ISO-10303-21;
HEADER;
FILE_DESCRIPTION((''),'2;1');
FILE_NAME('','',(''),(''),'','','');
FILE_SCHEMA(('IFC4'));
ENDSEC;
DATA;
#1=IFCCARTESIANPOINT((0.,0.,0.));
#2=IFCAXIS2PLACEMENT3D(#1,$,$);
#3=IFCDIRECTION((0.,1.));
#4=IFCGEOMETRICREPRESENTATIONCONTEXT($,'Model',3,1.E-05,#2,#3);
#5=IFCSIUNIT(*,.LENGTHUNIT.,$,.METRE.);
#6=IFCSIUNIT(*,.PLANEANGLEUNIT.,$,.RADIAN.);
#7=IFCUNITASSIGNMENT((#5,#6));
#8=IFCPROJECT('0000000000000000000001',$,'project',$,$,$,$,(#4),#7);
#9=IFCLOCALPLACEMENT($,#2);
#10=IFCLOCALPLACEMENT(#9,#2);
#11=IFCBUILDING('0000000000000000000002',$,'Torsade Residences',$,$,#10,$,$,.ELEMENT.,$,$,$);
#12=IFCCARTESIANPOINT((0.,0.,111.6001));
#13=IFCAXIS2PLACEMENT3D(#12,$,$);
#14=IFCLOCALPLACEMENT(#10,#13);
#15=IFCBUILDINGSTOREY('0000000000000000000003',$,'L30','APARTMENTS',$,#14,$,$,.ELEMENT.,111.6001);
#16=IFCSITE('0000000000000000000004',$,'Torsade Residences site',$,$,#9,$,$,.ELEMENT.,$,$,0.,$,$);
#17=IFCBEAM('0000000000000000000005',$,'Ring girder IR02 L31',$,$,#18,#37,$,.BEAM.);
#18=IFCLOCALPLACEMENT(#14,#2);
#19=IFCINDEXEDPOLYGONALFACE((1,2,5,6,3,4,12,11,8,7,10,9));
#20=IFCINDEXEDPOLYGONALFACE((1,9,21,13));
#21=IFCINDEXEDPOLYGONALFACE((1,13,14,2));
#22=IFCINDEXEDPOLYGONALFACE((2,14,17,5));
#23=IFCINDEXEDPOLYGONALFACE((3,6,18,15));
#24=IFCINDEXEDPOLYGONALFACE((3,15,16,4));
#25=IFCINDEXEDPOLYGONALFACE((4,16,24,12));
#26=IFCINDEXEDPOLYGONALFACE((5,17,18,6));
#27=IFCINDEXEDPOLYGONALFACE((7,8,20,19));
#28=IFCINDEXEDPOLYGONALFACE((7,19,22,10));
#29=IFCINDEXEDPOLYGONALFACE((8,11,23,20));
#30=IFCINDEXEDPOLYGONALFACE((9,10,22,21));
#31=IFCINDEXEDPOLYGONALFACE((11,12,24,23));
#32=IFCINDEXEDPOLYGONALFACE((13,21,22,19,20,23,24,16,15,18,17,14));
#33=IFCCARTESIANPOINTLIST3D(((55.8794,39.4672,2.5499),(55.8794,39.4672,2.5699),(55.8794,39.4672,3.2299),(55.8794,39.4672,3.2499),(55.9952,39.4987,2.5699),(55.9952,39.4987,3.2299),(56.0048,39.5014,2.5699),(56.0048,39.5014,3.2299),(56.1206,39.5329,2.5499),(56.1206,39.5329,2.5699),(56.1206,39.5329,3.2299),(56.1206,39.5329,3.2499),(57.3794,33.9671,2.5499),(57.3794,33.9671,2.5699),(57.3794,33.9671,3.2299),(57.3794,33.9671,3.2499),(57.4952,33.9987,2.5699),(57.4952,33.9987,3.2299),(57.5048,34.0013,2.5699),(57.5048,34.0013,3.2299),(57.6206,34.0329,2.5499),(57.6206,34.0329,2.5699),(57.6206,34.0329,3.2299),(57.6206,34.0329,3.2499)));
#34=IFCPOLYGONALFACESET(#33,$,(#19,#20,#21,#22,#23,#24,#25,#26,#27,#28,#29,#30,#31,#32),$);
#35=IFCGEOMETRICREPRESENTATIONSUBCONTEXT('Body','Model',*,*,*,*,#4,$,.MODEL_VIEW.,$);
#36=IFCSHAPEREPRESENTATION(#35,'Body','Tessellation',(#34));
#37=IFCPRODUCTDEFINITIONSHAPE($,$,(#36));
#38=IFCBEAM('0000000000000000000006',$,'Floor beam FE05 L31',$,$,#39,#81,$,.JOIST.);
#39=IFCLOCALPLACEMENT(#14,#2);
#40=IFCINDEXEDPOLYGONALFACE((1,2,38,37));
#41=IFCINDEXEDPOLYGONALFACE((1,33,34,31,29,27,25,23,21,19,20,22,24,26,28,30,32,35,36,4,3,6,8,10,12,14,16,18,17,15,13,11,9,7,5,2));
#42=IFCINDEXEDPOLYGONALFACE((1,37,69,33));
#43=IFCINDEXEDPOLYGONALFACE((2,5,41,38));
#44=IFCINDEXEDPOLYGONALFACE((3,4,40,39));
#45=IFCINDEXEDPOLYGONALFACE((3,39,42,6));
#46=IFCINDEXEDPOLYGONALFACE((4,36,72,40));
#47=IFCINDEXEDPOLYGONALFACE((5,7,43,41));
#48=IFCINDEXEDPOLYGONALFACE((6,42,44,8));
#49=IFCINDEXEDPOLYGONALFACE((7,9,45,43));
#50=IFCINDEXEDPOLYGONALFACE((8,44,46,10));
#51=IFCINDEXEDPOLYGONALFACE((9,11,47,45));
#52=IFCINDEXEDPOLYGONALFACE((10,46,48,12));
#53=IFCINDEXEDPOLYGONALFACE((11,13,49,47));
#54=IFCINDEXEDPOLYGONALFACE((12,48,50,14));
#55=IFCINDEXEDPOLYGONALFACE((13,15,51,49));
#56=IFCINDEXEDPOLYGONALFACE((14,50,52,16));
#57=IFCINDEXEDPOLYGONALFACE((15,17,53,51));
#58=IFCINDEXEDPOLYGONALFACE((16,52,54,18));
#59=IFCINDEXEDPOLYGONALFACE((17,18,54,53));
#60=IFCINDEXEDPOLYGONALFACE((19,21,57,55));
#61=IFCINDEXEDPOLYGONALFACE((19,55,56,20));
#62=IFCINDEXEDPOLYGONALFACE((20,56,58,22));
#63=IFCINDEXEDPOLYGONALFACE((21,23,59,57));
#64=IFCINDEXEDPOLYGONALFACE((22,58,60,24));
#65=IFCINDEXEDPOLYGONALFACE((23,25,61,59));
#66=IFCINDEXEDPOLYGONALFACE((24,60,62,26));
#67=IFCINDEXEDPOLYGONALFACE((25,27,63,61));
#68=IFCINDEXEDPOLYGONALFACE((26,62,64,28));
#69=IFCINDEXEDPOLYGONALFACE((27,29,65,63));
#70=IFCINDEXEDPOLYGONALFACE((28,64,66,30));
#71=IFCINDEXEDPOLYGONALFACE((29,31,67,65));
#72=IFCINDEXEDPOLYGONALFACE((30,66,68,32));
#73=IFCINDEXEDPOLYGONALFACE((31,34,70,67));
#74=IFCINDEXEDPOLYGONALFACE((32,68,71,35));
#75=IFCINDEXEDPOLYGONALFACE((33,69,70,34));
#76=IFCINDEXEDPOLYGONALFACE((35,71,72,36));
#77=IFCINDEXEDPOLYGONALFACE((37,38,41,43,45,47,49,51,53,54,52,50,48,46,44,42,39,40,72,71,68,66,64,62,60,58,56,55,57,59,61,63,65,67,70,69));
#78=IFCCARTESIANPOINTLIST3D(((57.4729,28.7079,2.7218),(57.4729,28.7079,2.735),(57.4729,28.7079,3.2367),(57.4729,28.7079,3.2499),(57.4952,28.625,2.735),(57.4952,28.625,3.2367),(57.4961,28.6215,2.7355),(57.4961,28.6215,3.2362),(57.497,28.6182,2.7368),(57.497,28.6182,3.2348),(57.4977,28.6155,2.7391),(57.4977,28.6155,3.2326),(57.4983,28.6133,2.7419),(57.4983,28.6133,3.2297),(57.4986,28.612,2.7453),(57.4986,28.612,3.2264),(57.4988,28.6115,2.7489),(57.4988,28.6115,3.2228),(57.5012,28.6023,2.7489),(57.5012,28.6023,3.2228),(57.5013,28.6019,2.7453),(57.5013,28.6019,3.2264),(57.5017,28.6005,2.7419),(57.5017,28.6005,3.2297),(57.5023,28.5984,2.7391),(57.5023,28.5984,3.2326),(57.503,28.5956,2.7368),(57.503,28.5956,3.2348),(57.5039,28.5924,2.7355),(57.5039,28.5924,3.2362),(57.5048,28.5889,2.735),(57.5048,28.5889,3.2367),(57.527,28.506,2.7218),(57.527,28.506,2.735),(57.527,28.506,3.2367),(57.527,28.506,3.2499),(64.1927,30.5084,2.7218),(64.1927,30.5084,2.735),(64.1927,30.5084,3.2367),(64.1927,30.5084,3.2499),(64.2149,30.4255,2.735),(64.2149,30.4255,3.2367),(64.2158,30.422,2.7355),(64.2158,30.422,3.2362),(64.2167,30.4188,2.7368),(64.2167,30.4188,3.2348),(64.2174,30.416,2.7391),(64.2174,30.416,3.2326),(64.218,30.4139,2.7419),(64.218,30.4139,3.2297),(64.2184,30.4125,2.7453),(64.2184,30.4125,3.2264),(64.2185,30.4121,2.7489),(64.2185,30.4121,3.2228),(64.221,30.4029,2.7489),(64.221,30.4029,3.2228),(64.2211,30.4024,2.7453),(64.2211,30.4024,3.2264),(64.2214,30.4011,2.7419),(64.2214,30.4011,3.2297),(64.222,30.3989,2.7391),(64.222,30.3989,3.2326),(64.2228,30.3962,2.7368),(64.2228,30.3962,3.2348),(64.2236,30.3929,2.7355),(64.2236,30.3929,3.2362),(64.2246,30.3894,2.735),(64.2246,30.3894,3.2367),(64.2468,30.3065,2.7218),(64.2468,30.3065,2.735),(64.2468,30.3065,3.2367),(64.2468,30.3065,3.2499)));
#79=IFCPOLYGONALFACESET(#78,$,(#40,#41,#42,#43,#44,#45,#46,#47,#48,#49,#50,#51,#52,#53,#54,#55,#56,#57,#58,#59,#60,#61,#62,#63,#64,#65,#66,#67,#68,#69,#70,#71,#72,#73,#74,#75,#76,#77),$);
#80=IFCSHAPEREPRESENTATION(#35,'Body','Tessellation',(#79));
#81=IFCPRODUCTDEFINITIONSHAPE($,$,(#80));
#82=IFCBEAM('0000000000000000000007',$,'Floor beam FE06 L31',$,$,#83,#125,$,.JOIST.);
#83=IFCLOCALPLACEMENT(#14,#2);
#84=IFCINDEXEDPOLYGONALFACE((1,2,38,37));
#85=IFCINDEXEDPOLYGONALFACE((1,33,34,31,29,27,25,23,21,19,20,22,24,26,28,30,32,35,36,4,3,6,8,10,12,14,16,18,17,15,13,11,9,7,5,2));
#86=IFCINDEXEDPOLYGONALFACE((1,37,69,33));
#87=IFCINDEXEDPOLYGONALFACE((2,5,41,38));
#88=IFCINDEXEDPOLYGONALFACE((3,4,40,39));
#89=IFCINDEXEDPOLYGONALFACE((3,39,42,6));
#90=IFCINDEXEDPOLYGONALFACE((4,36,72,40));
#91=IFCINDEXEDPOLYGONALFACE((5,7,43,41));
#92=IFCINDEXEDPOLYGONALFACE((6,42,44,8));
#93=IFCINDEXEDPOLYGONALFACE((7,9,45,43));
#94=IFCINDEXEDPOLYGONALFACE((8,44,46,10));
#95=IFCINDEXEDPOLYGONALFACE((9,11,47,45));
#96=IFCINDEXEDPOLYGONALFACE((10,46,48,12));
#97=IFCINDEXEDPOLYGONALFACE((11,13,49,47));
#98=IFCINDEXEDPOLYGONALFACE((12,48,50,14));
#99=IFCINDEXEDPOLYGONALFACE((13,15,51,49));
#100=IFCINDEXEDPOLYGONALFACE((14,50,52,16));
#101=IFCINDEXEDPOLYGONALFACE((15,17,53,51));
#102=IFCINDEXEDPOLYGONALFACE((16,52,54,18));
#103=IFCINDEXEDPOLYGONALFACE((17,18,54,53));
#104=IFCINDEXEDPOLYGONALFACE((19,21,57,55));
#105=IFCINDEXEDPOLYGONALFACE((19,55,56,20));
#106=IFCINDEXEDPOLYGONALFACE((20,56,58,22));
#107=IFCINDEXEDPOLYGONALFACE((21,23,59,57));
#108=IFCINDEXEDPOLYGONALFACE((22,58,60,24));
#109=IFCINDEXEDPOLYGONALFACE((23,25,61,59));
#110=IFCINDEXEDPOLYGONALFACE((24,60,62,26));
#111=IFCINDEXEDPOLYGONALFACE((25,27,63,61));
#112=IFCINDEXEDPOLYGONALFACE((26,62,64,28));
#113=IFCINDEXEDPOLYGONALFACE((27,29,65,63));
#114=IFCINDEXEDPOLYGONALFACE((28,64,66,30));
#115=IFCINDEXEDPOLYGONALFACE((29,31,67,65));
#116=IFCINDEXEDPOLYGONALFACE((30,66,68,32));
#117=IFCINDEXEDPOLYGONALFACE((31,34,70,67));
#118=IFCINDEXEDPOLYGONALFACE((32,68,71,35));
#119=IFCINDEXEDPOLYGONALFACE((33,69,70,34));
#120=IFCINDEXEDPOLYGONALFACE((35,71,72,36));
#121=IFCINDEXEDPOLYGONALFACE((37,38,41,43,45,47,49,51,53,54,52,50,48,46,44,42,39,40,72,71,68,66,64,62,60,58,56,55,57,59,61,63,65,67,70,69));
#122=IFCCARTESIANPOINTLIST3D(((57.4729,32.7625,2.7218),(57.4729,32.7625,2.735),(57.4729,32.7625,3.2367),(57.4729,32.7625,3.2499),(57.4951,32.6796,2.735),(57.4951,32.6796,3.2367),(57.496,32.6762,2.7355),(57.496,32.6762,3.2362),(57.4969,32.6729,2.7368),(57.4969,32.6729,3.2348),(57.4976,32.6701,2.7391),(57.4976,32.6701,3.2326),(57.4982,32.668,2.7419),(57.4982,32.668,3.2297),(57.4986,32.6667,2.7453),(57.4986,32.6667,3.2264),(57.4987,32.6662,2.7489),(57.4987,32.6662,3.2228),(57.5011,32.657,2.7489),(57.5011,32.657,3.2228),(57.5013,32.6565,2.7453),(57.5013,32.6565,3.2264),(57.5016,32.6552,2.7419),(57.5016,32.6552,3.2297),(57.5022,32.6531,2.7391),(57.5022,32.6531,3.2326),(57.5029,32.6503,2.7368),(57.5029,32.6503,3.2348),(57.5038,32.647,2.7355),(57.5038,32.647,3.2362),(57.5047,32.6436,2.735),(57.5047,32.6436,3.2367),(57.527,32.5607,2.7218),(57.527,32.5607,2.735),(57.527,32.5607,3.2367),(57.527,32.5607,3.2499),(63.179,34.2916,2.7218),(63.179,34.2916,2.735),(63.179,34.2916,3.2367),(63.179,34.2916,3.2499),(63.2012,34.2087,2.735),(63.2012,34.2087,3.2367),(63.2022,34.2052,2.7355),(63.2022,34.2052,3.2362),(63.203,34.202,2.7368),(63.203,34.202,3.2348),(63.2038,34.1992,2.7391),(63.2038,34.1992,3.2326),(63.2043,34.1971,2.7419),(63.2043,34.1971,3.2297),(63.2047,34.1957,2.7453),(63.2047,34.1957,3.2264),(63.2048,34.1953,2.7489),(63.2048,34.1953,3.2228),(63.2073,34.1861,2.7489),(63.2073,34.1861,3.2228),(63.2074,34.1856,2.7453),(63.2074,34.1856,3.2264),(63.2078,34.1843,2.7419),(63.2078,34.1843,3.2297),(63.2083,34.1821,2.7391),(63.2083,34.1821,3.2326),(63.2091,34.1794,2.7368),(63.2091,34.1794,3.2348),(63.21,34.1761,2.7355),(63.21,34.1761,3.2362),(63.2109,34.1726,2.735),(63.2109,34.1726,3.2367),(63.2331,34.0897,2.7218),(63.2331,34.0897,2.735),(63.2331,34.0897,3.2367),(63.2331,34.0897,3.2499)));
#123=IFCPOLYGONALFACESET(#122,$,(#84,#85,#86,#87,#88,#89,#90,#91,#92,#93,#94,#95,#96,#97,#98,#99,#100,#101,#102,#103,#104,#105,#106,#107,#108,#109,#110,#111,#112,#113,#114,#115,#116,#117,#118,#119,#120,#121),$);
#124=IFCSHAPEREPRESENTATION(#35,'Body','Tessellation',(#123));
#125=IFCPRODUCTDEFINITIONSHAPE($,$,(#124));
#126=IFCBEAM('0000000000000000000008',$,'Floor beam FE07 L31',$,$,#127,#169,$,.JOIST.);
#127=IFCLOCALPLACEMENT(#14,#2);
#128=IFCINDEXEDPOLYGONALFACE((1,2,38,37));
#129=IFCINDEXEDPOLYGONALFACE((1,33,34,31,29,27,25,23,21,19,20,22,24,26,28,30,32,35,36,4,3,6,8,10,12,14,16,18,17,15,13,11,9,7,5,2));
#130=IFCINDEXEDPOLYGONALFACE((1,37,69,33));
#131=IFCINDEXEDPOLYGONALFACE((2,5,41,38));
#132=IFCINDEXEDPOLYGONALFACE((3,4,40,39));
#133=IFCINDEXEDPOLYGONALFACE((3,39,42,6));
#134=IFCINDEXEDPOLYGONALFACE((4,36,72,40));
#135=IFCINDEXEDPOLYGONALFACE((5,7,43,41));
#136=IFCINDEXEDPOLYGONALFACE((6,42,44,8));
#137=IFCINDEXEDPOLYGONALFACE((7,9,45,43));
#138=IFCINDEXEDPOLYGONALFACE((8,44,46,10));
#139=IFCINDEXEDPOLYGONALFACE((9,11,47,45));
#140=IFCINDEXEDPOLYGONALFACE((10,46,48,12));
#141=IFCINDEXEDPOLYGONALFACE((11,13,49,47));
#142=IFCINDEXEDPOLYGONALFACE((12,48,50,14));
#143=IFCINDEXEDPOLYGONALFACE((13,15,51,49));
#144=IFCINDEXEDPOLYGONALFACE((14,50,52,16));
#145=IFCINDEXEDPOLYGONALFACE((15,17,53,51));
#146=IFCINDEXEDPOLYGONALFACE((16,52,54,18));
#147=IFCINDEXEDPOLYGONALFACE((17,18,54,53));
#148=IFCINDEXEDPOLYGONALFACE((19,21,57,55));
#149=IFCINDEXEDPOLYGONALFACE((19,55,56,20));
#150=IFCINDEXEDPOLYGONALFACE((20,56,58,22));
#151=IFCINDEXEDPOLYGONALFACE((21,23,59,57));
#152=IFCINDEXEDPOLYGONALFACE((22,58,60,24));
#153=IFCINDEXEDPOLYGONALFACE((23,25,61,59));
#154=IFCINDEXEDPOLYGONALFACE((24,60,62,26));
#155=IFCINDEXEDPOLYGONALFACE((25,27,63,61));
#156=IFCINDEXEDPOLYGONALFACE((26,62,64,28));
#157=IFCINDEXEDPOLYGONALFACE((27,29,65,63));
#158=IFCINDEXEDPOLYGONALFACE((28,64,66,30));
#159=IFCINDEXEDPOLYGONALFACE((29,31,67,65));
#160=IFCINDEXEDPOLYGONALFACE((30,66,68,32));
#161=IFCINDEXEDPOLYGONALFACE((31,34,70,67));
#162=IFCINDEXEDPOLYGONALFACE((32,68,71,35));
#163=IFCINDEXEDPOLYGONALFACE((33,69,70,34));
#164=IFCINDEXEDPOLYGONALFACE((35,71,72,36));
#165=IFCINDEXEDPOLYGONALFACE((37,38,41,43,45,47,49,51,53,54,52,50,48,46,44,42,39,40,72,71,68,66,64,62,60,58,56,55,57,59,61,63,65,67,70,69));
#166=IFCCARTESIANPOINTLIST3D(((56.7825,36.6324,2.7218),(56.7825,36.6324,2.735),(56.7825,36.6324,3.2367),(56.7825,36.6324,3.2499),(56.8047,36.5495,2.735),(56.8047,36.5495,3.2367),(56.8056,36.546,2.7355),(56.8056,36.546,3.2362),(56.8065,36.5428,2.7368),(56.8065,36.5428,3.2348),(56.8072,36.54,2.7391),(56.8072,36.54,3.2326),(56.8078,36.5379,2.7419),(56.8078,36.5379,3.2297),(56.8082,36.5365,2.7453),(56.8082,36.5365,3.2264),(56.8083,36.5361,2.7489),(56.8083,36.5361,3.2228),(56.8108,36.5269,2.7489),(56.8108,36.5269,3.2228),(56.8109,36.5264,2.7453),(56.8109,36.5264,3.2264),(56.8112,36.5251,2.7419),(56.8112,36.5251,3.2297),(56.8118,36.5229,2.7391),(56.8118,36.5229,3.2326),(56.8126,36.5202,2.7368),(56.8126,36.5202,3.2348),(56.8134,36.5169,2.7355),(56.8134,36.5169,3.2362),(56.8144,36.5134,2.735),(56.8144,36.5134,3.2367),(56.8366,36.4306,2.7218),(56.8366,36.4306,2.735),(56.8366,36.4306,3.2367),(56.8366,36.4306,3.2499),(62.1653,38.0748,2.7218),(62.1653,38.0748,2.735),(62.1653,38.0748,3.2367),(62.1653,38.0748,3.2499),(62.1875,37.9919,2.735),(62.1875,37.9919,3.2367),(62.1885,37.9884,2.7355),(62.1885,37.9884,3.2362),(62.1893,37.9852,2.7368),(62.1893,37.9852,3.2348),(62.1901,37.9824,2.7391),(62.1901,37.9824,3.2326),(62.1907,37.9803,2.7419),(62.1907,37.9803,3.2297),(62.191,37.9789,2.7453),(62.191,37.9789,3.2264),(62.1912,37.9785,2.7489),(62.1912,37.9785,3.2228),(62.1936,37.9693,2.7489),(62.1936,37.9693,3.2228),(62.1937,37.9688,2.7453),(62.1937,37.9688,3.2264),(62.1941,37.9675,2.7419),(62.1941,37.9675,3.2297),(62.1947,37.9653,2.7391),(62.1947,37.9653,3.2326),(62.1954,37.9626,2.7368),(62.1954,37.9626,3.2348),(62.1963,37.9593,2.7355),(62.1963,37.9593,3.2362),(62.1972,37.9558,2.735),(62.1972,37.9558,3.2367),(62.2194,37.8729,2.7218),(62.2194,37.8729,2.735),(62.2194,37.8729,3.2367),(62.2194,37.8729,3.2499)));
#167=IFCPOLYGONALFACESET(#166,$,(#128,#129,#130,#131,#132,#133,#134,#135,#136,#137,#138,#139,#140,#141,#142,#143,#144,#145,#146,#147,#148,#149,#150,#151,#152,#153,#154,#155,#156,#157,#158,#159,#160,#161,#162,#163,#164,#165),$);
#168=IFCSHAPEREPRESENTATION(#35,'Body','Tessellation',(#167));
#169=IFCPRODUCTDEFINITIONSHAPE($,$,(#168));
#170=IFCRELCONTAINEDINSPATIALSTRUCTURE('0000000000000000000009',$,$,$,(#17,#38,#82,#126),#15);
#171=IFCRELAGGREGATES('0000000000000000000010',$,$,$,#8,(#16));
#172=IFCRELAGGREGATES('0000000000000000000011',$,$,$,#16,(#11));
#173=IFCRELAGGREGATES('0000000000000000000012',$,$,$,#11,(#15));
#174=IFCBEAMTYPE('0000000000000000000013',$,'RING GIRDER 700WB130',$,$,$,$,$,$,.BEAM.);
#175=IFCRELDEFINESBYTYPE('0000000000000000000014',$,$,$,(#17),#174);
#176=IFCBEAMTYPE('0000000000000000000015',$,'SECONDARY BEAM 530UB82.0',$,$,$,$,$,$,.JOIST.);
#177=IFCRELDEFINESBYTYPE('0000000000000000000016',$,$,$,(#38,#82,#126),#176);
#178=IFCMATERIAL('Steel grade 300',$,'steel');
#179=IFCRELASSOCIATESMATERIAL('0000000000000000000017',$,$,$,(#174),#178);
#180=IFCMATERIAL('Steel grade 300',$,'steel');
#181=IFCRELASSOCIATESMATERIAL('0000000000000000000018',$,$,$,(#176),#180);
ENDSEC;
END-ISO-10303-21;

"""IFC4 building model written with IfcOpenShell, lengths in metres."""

from ifc_helpers import new_model, si_unit, direction, frame, origin, origin_2d, place, context, subcontext, project, spatial, i_section, extrude, material, material_profile, profile_set, type_object, element, save


model = new_model("IFC4")

# Units and contexts
model_context = context("Model", 3, precision=1e-05, world=origin(), true_north=direction((0.0, 1.0)))
body_context = subcontext(model_context, "Body", "Model", "MODEL_VIEW")
ifc_project = project(units=[si_unit("LENGTHUNIT", "METRE"), si_unit("PLANEANGLEUNIT", "RADIAN")], contexts=[model_context])

# Site, building, storey
site_placement = place(None, origin())
site = spatial("IfcSite", under=ifc_project, at=site_placement, Name="Torsade Residences site", CompositionType="ELEMENT", RefElevation=0.0)
building_placement = place(site_placement, origin())
building = spatial("IfcBuilding", under=site, at=building_placement, Name="Torsade Residences", CompositionType="ELEMENT")
storey_placement = place(building_placement, frame((0.0, 0.0, 111.6001)))
storey = spatial("IfcBuildingStorey", under=building, at=storey_placement, Name="L30", Description="APARTMENTS", CompositionType="ELEMENT", Elevation=111.6001)

# Beams
ifc_material_1 = material(Name="Steel grade 300", Category="steel")
ifc_material_profile_1 = material_profile(ifc_material_1, i_section(OverallWidth=0.25, OverallDepth=0.7, WebThickness=0.01, FlangeThickness=0.02, at=origin_2d()), Name="700WB130")
ifc_profile_set_1 = profile_set([ifc_material_profile_1], Name="Steel grade 300")
beam_type_1 = type_object("IfcBeamType", Name="RING GIRDER 700WB130", PredefinedType="BEAM", material=ifc_profile_set_1)
beam_1_placement = place(storey_placement, frame((57.5, 34.0, 2.8999), z_axis=(-0.263117, 0.964764, 0.0), x_axis=(-0.964764, -0.263117, 0.0)))
element("IfcBeam", 1, at=beam_1_placement, inside=storey, type_object=beam_type_1, Name="Ring girder IR02 L31", PredefinedType="BEAM", context=body_context, shape_type="SweptSolid", body=[
    extrude(i_section(OverallWidth=0.25, OverallDepth=0.7, WebThickness=0.01, FlangeThickness=0.02, at=origin_2d()), origin(), (0.0, 0.0, 1.0), 5.7009),
])
ifc_material_2 = material(Name="Steel grade 300", Category="steel")
ifc_material_profile_2 = material_profile(ifc_material_2, i_section(OverallWidth=0.209, OverallDepth=0.5281, WebThickness=0.0095, FlangeThickness=0.0132, FilletRadius=0.0139, at=origin_2d()), Name="530UB82.0")
ifc_profile_set_2 = profile_set([ifc_material_profile_2], Name="Steel grade 300")
beam_type_2 = type_object("IfcBeamType", Name="SECONDARY BEAM 530UB82.0", PredefinedType="JOIST", material=ifc_profile_set_2)
beam_2_placement = place(storey_placement, frame((64.2197, 30.4075, 2.9858), z_axis=(-0.965926, -0.258818, 0.0), x_axis=(0.258818, -0.965926, 0.0)))
element("IfcBeam", 2, at=beam_2_placement, inside=storey, type_object=beam_type_2, Name="Floor beam FE05 L31", PredefinedType="JOIST", context=body_context, shape_type="SweptSolid", body=[
    extrude(i_section(OverallWidth=0.209, OverallDepth=0.5281, WebThickness=0.0095, FlangeThickness=0.0132, FilletRadius=0.0139, at=origin_2d()), origin(), (0.0, 0.0, 1.0), 6.9568),
])
beam_3_placement = place(storey_placement, frame((63.2061, 34.1907, 2.9858), z_axis=(-0.965921, -0.258838, 0.0), x_axis=(0.258838, -0.965921, 0.0)))
element("IfcBeam", 3, at=beam_3_placement, inside=storey, type_object=beam_type_2, Name="Floor beam FE06 L31", PredefinedType="JOIST", context=body_context, shape_type="SweptSolid", body=[
    extrude(i_section(OverallWidth=0.209, OverallDepth=0.5281, WebThickness=0.0095, FlangeThickness=0.0132, FilletRadius=0.0139, at=origin_2d()), origin(), (0.0, 0.0, 1.0), 5.9075),
])
beam_4_placement = place(storey_placement, frame((62.1924, 37.9739, 2.9858), z_axis=(-0.965923, -0.25883, 0.0), x_axis=(0.25883, -0.965923, 0.0)))
element("IfcBeam", 4, at=beam_4_placement, inside=storey, type_object=beam_type_2, Name="Floor beam FE07 L31", PredefinedType="JOIST", context=body_context, shape_type="SweptSolid", body=[
    extrude(i_section(OverallWidth=0.209, OverallDepth=0.5281, WebThickness=0.0095, FlangeThickness=0.0132, FilletRadius=0.0139, at=origin_2d()), origin(), (0.0, 0.0, 1.0), 5.5728),
])

save(model, "model.ifc")
